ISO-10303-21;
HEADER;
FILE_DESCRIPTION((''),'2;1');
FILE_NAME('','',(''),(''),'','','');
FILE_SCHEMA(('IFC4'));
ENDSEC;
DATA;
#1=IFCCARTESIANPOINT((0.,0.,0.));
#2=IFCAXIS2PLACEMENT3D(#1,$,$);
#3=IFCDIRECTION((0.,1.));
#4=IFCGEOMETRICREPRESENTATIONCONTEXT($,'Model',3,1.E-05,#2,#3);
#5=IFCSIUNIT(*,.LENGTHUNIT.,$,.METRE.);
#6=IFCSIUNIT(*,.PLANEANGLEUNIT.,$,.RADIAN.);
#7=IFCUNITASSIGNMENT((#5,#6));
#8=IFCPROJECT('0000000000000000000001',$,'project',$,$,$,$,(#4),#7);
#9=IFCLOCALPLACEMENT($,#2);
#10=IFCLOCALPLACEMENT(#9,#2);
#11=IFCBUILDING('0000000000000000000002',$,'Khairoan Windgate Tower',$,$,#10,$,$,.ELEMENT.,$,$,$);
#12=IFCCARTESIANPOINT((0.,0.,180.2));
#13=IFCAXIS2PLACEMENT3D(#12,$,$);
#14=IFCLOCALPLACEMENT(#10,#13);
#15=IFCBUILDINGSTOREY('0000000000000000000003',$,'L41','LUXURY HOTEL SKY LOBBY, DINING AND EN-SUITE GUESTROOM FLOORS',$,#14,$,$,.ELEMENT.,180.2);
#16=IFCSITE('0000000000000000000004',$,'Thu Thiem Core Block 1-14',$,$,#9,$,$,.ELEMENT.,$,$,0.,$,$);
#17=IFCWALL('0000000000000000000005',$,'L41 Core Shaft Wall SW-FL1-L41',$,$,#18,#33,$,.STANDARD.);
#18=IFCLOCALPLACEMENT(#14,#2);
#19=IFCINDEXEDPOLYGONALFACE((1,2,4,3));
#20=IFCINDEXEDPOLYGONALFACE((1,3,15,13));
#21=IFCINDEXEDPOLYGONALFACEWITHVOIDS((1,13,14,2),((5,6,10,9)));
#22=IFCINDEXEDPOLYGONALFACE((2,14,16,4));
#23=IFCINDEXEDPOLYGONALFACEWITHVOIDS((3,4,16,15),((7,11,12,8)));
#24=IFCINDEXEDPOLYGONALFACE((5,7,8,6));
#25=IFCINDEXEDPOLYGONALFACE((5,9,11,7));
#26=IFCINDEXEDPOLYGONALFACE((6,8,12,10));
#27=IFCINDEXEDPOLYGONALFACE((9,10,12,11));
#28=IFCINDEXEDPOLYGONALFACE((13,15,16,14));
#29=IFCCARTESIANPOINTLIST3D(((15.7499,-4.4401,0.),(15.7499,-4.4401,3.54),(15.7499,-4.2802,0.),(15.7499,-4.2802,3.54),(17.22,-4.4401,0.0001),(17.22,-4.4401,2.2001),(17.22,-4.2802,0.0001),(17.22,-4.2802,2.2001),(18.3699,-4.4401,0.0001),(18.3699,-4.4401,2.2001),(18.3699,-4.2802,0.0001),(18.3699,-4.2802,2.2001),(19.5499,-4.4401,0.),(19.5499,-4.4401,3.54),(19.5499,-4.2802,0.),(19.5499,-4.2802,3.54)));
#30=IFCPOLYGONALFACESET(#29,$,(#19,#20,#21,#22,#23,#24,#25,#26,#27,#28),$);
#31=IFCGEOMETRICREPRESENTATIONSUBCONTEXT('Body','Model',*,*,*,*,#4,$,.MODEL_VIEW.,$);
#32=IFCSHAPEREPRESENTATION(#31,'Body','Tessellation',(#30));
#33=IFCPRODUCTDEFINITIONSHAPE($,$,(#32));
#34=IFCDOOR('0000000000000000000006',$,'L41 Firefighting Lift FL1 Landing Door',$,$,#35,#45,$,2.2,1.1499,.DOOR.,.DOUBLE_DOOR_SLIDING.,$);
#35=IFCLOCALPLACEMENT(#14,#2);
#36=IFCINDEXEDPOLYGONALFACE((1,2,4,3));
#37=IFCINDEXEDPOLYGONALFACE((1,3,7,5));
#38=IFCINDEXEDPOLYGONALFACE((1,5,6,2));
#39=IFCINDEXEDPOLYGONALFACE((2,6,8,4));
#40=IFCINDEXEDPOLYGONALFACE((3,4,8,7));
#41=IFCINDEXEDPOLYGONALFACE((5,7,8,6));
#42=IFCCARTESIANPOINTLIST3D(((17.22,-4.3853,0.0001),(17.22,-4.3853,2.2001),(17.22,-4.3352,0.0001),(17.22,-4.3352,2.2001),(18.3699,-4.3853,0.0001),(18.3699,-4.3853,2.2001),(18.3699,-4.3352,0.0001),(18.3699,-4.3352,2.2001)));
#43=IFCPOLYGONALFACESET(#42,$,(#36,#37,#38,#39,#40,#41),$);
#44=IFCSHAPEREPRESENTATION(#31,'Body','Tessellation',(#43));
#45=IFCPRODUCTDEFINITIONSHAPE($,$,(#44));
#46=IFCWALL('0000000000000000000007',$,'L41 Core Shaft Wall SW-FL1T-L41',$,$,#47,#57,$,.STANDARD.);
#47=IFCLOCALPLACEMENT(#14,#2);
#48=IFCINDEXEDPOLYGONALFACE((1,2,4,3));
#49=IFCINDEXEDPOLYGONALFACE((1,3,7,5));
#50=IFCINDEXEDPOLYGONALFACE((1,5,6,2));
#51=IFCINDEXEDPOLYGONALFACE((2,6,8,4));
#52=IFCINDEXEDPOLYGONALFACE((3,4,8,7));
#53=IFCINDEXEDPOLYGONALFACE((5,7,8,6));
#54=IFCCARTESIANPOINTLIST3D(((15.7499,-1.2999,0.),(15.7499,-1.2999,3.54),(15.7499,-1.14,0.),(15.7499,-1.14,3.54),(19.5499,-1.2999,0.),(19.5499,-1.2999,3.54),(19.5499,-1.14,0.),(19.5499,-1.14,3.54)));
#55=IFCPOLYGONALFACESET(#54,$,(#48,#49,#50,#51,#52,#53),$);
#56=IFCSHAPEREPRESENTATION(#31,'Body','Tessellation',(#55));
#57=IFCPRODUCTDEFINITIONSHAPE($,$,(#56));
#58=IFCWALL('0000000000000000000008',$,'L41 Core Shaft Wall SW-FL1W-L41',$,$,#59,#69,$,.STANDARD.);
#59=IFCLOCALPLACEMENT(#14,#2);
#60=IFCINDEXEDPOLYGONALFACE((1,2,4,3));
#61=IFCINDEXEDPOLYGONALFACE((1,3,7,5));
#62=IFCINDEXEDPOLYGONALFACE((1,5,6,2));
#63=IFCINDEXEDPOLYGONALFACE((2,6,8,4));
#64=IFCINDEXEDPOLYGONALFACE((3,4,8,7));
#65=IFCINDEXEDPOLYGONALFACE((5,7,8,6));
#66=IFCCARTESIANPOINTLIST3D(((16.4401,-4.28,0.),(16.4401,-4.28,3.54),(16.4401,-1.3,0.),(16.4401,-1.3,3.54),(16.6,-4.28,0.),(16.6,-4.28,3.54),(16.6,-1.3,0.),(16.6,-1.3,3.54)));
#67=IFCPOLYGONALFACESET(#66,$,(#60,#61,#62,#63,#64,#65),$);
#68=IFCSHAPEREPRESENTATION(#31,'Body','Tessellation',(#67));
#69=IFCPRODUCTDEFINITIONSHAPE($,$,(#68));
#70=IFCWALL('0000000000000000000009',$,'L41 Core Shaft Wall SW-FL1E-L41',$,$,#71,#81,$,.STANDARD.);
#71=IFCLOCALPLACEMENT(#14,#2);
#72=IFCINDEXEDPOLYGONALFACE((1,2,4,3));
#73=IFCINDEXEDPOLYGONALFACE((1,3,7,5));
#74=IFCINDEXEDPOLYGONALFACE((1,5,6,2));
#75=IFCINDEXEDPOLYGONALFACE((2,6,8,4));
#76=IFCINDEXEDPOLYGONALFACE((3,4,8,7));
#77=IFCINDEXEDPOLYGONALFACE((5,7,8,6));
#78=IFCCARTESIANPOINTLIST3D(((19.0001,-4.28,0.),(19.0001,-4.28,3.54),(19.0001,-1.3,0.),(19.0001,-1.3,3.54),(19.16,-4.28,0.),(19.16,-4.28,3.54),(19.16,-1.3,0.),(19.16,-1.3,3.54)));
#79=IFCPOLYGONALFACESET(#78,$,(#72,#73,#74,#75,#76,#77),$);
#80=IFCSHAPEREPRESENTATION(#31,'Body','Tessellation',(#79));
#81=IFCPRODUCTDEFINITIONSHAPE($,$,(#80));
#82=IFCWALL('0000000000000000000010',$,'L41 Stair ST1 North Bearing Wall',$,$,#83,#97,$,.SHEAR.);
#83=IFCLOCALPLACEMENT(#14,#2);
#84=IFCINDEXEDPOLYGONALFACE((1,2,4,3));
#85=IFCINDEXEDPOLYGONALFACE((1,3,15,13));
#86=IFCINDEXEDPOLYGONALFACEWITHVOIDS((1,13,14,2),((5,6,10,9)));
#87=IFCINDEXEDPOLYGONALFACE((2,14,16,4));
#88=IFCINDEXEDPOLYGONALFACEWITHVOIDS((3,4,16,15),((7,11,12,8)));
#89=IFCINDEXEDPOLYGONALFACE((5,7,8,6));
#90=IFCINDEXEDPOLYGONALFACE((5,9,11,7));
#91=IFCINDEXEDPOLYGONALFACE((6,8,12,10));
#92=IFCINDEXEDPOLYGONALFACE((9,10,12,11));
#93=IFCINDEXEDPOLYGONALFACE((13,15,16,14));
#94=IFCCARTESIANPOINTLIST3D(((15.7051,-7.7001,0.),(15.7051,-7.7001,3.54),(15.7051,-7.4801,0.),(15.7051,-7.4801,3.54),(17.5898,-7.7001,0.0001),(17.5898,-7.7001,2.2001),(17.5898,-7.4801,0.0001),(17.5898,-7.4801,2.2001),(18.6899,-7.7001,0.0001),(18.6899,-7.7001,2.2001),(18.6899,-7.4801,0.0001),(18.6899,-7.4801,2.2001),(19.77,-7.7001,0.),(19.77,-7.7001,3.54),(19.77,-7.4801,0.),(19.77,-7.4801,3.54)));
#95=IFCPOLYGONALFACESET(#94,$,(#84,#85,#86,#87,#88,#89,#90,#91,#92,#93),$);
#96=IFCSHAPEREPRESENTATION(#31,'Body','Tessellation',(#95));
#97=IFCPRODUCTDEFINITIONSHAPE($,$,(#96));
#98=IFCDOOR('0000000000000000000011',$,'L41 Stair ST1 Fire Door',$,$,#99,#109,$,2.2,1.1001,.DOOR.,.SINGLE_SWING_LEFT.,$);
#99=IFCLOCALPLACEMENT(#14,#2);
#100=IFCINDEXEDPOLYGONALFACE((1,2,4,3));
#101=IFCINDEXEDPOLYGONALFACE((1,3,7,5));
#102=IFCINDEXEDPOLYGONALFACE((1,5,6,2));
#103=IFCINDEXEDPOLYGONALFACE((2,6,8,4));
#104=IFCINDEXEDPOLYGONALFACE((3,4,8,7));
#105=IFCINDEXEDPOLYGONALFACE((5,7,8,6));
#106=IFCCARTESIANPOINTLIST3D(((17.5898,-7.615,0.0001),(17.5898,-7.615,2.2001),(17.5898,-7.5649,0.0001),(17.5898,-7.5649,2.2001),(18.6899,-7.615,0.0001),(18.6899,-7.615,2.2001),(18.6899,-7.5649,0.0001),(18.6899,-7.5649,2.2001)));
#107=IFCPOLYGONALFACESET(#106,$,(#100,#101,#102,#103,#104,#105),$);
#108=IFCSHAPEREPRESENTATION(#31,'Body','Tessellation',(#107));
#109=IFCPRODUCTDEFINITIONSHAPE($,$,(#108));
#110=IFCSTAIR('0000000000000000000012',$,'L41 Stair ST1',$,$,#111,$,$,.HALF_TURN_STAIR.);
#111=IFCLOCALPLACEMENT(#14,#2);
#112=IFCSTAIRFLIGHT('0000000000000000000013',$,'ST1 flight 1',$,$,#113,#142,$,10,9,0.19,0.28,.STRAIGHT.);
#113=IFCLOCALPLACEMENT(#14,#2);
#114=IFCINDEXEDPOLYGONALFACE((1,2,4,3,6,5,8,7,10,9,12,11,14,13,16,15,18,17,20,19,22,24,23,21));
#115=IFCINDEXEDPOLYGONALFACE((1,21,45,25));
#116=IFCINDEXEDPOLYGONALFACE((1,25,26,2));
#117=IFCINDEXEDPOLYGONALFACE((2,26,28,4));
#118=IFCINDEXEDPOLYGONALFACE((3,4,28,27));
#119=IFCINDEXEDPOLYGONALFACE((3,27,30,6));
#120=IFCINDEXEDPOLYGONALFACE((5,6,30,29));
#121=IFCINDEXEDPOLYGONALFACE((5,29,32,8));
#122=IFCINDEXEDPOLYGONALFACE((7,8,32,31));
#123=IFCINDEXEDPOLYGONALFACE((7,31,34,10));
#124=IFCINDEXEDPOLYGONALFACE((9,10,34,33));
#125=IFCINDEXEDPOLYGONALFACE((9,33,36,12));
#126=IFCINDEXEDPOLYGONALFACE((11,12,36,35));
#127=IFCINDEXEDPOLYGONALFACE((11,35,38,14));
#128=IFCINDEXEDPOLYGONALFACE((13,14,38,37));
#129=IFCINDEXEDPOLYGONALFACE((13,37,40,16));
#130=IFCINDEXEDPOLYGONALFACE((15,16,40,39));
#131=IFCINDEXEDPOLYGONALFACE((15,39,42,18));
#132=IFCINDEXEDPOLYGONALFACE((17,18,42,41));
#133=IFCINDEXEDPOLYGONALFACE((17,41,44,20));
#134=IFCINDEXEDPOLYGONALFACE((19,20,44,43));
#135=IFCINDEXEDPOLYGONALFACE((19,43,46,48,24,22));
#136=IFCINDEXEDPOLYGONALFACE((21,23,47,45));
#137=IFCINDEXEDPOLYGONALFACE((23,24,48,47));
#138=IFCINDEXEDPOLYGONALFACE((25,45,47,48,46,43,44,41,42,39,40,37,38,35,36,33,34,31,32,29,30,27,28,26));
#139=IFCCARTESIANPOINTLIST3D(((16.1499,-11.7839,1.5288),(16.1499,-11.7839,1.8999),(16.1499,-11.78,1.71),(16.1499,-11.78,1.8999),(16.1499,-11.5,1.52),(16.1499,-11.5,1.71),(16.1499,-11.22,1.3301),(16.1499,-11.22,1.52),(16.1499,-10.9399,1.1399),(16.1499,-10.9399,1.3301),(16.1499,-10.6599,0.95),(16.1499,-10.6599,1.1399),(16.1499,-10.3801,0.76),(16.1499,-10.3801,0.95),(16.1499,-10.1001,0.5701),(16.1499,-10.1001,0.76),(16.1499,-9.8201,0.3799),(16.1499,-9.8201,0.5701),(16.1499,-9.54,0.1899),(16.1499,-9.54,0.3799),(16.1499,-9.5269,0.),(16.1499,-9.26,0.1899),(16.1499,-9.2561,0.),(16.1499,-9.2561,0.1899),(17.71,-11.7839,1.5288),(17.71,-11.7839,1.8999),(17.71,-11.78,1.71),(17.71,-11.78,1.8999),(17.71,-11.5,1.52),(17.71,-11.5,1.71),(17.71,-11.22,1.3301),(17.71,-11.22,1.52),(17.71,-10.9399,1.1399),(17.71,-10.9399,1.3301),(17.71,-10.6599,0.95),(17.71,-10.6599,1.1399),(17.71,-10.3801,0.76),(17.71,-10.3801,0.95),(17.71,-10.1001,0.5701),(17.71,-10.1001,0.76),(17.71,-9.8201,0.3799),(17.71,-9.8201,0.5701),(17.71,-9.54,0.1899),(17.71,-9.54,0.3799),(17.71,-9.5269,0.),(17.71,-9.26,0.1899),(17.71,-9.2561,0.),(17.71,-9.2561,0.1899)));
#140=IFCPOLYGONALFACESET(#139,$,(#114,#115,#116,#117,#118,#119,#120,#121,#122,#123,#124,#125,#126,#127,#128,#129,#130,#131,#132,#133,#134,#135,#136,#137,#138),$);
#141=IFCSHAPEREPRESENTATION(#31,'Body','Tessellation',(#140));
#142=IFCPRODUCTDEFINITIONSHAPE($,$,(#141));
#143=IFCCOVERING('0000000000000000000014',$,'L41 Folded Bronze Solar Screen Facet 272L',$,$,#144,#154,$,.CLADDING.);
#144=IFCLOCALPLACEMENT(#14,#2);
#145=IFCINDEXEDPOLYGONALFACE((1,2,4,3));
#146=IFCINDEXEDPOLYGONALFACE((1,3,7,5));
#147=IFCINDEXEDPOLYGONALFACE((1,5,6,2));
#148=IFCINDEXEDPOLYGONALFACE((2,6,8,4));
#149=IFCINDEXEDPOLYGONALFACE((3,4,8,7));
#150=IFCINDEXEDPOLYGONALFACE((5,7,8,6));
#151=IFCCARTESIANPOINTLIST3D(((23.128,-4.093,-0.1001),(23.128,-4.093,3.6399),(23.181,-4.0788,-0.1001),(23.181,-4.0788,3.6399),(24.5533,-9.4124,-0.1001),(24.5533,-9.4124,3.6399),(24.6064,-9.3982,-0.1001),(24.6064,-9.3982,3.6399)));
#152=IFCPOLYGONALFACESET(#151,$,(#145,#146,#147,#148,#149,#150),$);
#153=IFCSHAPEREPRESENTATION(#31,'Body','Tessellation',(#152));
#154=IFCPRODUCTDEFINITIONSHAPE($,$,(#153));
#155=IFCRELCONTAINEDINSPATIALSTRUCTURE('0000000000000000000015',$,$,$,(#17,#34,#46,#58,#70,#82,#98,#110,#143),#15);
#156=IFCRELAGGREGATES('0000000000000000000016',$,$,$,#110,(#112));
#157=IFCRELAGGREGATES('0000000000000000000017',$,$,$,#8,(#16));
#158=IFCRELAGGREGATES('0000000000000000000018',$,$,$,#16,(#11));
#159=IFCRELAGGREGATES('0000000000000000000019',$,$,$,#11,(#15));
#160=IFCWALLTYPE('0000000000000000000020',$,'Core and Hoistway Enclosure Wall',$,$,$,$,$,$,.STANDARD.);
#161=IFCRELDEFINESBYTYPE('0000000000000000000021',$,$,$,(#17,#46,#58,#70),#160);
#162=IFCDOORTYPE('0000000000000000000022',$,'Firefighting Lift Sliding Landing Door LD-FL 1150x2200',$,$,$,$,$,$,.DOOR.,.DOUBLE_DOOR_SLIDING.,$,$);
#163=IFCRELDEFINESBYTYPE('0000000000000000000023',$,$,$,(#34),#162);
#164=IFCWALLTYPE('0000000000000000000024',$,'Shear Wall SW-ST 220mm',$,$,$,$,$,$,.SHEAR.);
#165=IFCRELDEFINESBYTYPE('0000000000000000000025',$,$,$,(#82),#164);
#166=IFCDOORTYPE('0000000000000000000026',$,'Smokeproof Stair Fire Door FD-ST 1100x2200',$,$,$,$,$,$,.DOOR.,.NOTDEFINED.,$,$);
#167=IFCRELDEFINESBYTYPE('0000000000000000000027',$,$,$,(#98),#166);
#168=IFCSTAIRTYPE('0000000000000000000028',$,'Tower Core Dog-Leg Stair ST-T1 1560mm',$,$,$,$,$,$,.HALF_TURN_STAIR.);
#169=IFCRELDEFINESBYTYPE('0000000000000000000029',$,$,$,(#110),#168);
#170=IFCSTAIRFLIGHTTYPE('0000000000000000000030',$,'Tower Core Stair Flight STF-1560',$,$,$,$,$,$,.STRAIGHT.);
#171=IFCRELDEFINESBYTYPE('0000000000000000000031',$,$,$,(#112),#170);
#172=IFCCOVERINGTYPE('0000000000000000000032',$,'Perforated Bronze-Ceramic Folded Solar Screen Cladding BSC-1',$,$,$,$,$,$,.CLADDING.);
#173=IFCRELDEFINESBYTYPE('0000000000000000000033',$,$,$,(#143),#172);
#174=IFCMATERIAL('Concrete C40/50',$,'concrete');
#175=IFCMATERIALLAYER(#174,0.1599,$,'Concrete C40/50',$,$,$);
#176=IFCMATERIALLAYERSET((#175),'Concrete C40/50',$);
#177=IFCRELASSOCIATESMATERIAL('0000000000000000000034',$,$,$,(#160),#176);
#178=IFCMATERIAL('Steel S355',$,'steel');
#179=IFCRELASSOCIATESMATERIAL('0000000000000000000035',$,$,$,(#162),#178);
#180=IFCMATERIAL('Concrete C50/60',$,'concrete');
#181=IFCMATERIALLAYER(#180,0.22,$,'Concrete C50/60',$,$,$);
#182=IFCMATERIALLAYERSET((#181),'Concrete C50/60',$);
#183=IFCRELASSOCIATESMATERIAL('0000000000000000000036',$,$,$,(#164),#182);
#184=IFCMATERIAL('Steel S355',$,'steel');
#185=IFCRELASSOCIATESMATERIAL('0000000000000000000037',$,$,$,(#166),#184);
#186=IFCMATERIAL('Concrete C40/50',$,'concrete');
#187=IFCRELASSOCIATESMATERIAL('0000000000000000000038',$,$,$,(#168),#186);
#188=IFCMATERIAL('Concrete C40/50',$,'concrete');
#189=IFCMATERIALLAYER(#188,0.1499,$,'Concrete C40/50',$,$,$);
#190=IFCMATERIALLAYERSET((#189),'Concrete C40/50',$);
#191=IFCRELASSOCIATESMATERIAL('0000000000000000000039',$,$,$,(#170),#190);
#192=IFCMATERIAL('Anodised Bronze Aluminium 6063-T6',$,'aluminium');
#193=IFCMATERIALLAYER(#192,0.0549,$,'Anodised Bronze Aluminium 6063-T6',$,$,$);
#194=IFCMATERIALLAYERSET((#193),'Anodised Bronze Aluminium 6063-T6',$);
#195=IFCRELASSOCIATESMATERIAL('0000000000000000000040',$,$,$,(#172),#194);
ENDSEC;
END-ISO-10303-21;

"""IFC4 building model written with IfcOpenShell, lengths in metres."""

from ifc_helpers import new_model, si_unit, direction, frame, frame_2d, origin, origin_2d, place, context, subcontext, project, spatial, polyline, rectangle, outline, extrude, material, layer, layer_set, type_object, element, fill, aggregate, save


model = new_model("IFC4")

# Units and contexts
model_context = context("Model", 3, precision=1e-05, world=origin(), true_north=direction((0.0, 1.0)))
body_context = subcontext(model_context, "Body", "Model", "MODEL_VIEW")
ifc_project = project(units=[si_unit("LENGTHUNIT", "METRE"), si_unit("PLANEANGLEUNIT", "RADIAN")], contexts=[model_context])

# Site, building, storey
site_placement = place(None, origin())
site = spatial("IfcSite", under=ifc_project, at=site_placement, Name="Thu Thiem Core Block 1-14", CompositionType="ELEMENT", RefElevation=0.0)
building_placement = place(site_placement, origin())
building = spatial("IfcBuilding", under=site, at=building_placement, Name="Khairoan Windgate Tower", CompositionType="ELEMENT")
storey_placement = place(building_placement, frame((0.0, 0.0, 180.2)))
storey = spatial("IfcBuildingStorey", under=building, at=storey_placement, Name="L41", Description="LUXURY HOTEL SKY LOBBY, DINING AND EN-SUITE GUESTROOM FLOORS", CompositionType="ELEMENT", Elevation=180.2)

# Shared definitions
ifc_material_1 = material(Name="Concrete C40/50", Category="concrete")
ifc_layer_1 = layer(ifc_material_1, 0.1599, Name="Concrete C40/50")
ifc_layer_set_1 = layer_set([ifc_layer_1], Name="Concrete C40/50")
wall_type_1 = type_object("IfcWallType", Name="Core and Hoistway Enclosure Wall", PredefinedType="STANDARD", material=ifc_layer_set_1)

# Wall, opening, door
wall_1_placement = place(storey_placement, frame((15.75, -4.3601, 0.0), z_axis=(0.0, 0.0, 1.0), x_axis=(1.0, 0.0, 0.0)))
wall_1 = element("IfcWall", 1, at=wall_1_placement, inside=storey, type_object=wall_type_1, Name="L41 Core Shaft Wall SW-FL1-L41", PredefinedType="STANDARD", context=body_context, shape_type="SweptSolid", body=[
    extrude(rectangle(XDim=3.8, YDim=0.1599, at=frame_2d((1.8999, 0.0))), origin(), (0.0, 0.0, 1.0), 3.54),
])
opening_1_placement = place(wall_1_placement, frame((1.47, 0.0, 0.0)))
opening_1 = element("IfcOpeningElement", 2, at=opening_1_placement, cuts=wall_1, PredefinedType="OPENING", context=body_context, shape_type="SweptSolid", body=[
    extrude(rectangle(XDim=1.1499, YDim=2.2, at=frame_2d((0.575, 1.1001))), frame((0.0, 0.0898, 0.0), z_axis=(0.0, -1.0, 0.0), x_axis=(1.0, 0.0, 0.0)), (0.0, 0.0, 1.0), 0.1799),
])
ifc_material_2 = material(Name="Steel S355", Category="steel")
door_type_1 = type_object("IfcDoorType", Name="Firefighting Lift Sliding Landing Door LD-FL 1150x2200", OperationType="DOUBLE_DOOR_SLIDING", PredefinedType="DOOR", material=ifc_material_2)
door_1_placement = place(opening_1_placement, origin())
door_1 = element("IfcDoor", 3, at=door_1_placement, inside=storey, type_object=door_type_1, Name="L41 Firefighting Lift FL1 Landing Door", OperationType="DOUBLE_DOOR_SLIDING", OverallHeight=2.2, OverallWidth=1.1499, PredefinedType="DOOR", context=body_context, shape_type="SweptSolid", body=[
    extrude(rectangle(XDim=1.1499, YDim=2.2, at=frame_2d((0.575, 1.1001))), frame((0.0, 0.0249, 0.0), z_axis=(0.0, -1.0, 0.0), x_axis=(1.0, 0.0, 0.0)), (0.0, 0.0, 1.0), 0.05),
])
fill(opening_1, door_1)

# Walls
wall_2_placement = place(storey_placement, frame((15.75, -1.22, 0.0), z_axis=(0.0, 0.0, 1.0), x_axis=(1.0, 0.0, 0.0)))
element("IfcWall", 4, at=wall_2_placement, inside=storey, type_object=wall_type_1, Name="L41 Core Shaft Wall SW-FL1T-L41", PredefinedType="STANDARD", context=body_context, shape_type="SweptSolid", body=[
    extrude(rectangle(XDim=3.8, YDim=0.1599, at=frame_2d((1.8999, 0.0))), origin(), (0.0, 0.0, 1.0), 3.54),
])
for number, where, z_axis, x_axis, name in (
    (5, (16.52, -4.28, 0.0), (0.0, 0.0, 1.0), (0.0, 1.0, 0.0), "L41 Core Shaft Wall SW-FL1W-L41"),
    (6, (19.0801, -4.28, 0.0), (0.0, 0.0, 1.0), (0.0, 1.0, 0.0), "L41 Core Shaft Wall SW-FL1E-L41"),
):
    element("IfcWall", number, at=place(storey_placement, frame(where, z_axis=z_axis, x_axis=x_axis)), inside=storey, type_object=wall_type_1, Name=name, PredefinedType="STANDARD", context=body_context, shape_type="SweptSolid", body=[
        extrude(rectangle(XDim=2.98, YDim=0.1599, at=frame_2d((1.49, 0.0))), origin(), (0.0, 0.0, 1.0), 3.54),
    ])

# Wall, opening, door
ifc_material_3 = material(Name="Concrete C50/60", Category="concrete")
ifc_layer_2 = layer(ifc_material_3, 0.22, Name="Concrete C50/60")
ifc_layer_set_2 = layer_set([ifc_layer_2], Name="Concrete C50/60")
wall_type_2 = type_object("IfcWallType", Name="Shear Wall SW-ST 220mm", PredefinedType="SHEAR", material=ifc_layer_set_2)
wall_3_placement = place(storey_placement, frame((19.77, -7.5901, 0.0), z_axis=(0.0, 0.0, 1.0), x_axis=(-1.0, 0.0, 0.0)))
wall_3 = element("IfcWall", 7, at=wall_3_placement, inside=storey, type_object=wall_type_2, Name="L41 Stair ST1 North Bearing Wall", PredefinedType="SHEAR", context=body_context, shape_type="SweptSolid", body=[
    extrude(rectangle(XDim=4.0649, YDim=0.22, at=frame_2d((2.0325, 0.0))), origin(), (0.0, 0.0, 1.0), 3.54),
])
opening_2_placement = place(wall_3_placement, frame((1.0801, 0.0, 0.0)))
opening_2 = element("IfcOpeningElement", 8, at=opening_2_placement, cuts=wall_3, PredefinedType="OPENING", context=body_context, shape_type="SweptSolid", body=[
    extrude(rectangle(XDim=1.1001, YDim=2.2, at=frame_2d((0.55, 1.1001))), frame((0.0, 0.1199, 0.0), z_axis=(0.0, -1.0, 0.0), x_axis=(1.0, 0.0, 0.0)), (0.0, 0.0, 1.0), 0.24),
])
ifc_material_4 = material(Name="Steel S355", Category="steel")
door_type_2 = type_object("IfcDoorType", Name="Smokeproof Stair Fire Door FD-ST 1100x2200", OperationType="NOTDEFINED", PredefinedType="DOOR", material=ifc_material_4)
door_2_placement = place(opening_2_placement, origin())
door_2 = element("IfcDoor", 9, at=door_2_placement, inside=storey, type_object=door_type_2, Name="L41 Stair ST1 Fire Door", OperationType="SINGLE_SWING_LEFT", OverallHeight=2.2, OverallWidth=1.1001, PredefinedType="DOOR", context=body_context, shape_type="SweptSolid", body=[
    extrude(rectangle(XDim=1.1001, YDim=2.2, at=frame_2d((0.55, 1.1001))), frame((0.0, 0.0249, 0.0), z_axis=(0.0, -1.0, 0.0), x_axis=(1.0, 0.0, 0.0)), (0.0, 0.0, 1.0), 0.05),
])
fill(opening_2, door_2)

# Stair, stair flight
ifc_material_5 = material(Name="Concrete C40/50", Category="concrete")
stair_type = type_object("IfcStairType", Name="Tower Core Dog-Leg Stair ST-T1 1560mm", PredefinedType="HALF_TURN_STAIR", material=ifc_material_5)
stair_placement = place(storey_placement, origin())
stair = element("IfcStair", 10, at=stair_placement, inside=storey, type_object=stair_type, Name="L41 Stair ST1", PredefinedType="HALF_TURN_STAIR")
ifc_material_6 = material(Name="Concrete C40/50", Category="concrete")
ifc_layer_3 = layer(ifc_material_6, 0.1499, Name="Concrete C40/50")
ifc_layer_set_3 = layer_set([ifc_layer_3], Name="Concrete C40/50")
stair_flight_type = type_object("IfcStairFlightType", Name="Tower Core Stair Flight STF-1560", PredefinedType="STRAIGHT", material=ifc_layer_set_3)
stair_flight_placement = place(storey_placement, frame((16.9299, -9.26, 0.0), z_axis=(0.0, 0.0, 1.0), x_axis=(0.0, -1.0, 0.0)))
stair_flight = element("IfcStairFlight", 11, at=stair_flight_placement, type_object=stair_flight_type, Name="ST1 flight 1", NumberOfRisers=10, NumberOfTreads=9, PredefinedType="STRAIGHT", RiserHeight=0.19, TreadLength=0.28, context=body_context, shape_type="SweptSolid", body=[
    extrude(outline(polyline([(-0.0039, 0.0), (-0.0039, 0.1899), (0.0, 0.1899), (0.28, 0.1899), (0.28, 0.3799), (0.5601, 0.3799), (0.5601, 0.5701), (0.8401, 0.5701), (0.8401, 0.76), (1.1201, 0.76), (1.1201, 0.95), (1.3999, 0.95), (1.3999, 1.1399), (1.6799, 1.1399), (1.6799, 1.3301), (1.96, 1.3301), (1.96, 1.52), (2.24, 1.52), (2.24, 1.71), (2.52, 1.71), (2.52, 1.8999), (2.5239, 1.8999), (2.5239, 1.5288), (0.2668, 0.0), (-0.0039, 0.0)])), frame((0.0, 0.78, 0.0), z_axis=(0.0, -1.0, 0.0), x_axis=(1.0, 0.0, 0.0)), (0.0, 0.0, 1.0), 1.5601),
])
aggregate(stair, [stair_flight])

# Covering
ifc_material_7 = material(Name="Anodised Bronze Aluminium 6063-T6", Category="aluminium")
ifc_layer_4 = layer(ifc_material_7, 0.0549, Name="Anodised Bronze Aluminium 6063-T6")
ifc_layer_set_4 = layer_set([ifc_layer_4], Name="Anodised Bronze Aluminium 6063-T6")
covering_type = type_object("IfcCoveringType", Name="Perforated Bronze-Ceramic Folded Solar Screen Cladding BSC-1", PredefinedType="CLADDING", material=ifc_layer_set_4)
covering_placement = place(storey_placement, frame((23.8672, -6.7456, -0.1001), z_axis=(0.0, 0.0, 1.0), x_axis=(0.258819, -0.965926, 0.0)))
element("IfcCovering", 12, at=covering_placement, inside=storey, type_object=covering_type, Name="L41 Folded Bronze Solar Screen Facet 272L", PredefinedType="CLADDING", context=body_context, shape_type="SweptSolid", body=[
    extrude(rectangle(XDim=5.5071, YDim=0.0549, at=origin_2d()), origin(), (0.0, 0.0, 1.0), 3.74),
])

save(model, "model.ifc")
